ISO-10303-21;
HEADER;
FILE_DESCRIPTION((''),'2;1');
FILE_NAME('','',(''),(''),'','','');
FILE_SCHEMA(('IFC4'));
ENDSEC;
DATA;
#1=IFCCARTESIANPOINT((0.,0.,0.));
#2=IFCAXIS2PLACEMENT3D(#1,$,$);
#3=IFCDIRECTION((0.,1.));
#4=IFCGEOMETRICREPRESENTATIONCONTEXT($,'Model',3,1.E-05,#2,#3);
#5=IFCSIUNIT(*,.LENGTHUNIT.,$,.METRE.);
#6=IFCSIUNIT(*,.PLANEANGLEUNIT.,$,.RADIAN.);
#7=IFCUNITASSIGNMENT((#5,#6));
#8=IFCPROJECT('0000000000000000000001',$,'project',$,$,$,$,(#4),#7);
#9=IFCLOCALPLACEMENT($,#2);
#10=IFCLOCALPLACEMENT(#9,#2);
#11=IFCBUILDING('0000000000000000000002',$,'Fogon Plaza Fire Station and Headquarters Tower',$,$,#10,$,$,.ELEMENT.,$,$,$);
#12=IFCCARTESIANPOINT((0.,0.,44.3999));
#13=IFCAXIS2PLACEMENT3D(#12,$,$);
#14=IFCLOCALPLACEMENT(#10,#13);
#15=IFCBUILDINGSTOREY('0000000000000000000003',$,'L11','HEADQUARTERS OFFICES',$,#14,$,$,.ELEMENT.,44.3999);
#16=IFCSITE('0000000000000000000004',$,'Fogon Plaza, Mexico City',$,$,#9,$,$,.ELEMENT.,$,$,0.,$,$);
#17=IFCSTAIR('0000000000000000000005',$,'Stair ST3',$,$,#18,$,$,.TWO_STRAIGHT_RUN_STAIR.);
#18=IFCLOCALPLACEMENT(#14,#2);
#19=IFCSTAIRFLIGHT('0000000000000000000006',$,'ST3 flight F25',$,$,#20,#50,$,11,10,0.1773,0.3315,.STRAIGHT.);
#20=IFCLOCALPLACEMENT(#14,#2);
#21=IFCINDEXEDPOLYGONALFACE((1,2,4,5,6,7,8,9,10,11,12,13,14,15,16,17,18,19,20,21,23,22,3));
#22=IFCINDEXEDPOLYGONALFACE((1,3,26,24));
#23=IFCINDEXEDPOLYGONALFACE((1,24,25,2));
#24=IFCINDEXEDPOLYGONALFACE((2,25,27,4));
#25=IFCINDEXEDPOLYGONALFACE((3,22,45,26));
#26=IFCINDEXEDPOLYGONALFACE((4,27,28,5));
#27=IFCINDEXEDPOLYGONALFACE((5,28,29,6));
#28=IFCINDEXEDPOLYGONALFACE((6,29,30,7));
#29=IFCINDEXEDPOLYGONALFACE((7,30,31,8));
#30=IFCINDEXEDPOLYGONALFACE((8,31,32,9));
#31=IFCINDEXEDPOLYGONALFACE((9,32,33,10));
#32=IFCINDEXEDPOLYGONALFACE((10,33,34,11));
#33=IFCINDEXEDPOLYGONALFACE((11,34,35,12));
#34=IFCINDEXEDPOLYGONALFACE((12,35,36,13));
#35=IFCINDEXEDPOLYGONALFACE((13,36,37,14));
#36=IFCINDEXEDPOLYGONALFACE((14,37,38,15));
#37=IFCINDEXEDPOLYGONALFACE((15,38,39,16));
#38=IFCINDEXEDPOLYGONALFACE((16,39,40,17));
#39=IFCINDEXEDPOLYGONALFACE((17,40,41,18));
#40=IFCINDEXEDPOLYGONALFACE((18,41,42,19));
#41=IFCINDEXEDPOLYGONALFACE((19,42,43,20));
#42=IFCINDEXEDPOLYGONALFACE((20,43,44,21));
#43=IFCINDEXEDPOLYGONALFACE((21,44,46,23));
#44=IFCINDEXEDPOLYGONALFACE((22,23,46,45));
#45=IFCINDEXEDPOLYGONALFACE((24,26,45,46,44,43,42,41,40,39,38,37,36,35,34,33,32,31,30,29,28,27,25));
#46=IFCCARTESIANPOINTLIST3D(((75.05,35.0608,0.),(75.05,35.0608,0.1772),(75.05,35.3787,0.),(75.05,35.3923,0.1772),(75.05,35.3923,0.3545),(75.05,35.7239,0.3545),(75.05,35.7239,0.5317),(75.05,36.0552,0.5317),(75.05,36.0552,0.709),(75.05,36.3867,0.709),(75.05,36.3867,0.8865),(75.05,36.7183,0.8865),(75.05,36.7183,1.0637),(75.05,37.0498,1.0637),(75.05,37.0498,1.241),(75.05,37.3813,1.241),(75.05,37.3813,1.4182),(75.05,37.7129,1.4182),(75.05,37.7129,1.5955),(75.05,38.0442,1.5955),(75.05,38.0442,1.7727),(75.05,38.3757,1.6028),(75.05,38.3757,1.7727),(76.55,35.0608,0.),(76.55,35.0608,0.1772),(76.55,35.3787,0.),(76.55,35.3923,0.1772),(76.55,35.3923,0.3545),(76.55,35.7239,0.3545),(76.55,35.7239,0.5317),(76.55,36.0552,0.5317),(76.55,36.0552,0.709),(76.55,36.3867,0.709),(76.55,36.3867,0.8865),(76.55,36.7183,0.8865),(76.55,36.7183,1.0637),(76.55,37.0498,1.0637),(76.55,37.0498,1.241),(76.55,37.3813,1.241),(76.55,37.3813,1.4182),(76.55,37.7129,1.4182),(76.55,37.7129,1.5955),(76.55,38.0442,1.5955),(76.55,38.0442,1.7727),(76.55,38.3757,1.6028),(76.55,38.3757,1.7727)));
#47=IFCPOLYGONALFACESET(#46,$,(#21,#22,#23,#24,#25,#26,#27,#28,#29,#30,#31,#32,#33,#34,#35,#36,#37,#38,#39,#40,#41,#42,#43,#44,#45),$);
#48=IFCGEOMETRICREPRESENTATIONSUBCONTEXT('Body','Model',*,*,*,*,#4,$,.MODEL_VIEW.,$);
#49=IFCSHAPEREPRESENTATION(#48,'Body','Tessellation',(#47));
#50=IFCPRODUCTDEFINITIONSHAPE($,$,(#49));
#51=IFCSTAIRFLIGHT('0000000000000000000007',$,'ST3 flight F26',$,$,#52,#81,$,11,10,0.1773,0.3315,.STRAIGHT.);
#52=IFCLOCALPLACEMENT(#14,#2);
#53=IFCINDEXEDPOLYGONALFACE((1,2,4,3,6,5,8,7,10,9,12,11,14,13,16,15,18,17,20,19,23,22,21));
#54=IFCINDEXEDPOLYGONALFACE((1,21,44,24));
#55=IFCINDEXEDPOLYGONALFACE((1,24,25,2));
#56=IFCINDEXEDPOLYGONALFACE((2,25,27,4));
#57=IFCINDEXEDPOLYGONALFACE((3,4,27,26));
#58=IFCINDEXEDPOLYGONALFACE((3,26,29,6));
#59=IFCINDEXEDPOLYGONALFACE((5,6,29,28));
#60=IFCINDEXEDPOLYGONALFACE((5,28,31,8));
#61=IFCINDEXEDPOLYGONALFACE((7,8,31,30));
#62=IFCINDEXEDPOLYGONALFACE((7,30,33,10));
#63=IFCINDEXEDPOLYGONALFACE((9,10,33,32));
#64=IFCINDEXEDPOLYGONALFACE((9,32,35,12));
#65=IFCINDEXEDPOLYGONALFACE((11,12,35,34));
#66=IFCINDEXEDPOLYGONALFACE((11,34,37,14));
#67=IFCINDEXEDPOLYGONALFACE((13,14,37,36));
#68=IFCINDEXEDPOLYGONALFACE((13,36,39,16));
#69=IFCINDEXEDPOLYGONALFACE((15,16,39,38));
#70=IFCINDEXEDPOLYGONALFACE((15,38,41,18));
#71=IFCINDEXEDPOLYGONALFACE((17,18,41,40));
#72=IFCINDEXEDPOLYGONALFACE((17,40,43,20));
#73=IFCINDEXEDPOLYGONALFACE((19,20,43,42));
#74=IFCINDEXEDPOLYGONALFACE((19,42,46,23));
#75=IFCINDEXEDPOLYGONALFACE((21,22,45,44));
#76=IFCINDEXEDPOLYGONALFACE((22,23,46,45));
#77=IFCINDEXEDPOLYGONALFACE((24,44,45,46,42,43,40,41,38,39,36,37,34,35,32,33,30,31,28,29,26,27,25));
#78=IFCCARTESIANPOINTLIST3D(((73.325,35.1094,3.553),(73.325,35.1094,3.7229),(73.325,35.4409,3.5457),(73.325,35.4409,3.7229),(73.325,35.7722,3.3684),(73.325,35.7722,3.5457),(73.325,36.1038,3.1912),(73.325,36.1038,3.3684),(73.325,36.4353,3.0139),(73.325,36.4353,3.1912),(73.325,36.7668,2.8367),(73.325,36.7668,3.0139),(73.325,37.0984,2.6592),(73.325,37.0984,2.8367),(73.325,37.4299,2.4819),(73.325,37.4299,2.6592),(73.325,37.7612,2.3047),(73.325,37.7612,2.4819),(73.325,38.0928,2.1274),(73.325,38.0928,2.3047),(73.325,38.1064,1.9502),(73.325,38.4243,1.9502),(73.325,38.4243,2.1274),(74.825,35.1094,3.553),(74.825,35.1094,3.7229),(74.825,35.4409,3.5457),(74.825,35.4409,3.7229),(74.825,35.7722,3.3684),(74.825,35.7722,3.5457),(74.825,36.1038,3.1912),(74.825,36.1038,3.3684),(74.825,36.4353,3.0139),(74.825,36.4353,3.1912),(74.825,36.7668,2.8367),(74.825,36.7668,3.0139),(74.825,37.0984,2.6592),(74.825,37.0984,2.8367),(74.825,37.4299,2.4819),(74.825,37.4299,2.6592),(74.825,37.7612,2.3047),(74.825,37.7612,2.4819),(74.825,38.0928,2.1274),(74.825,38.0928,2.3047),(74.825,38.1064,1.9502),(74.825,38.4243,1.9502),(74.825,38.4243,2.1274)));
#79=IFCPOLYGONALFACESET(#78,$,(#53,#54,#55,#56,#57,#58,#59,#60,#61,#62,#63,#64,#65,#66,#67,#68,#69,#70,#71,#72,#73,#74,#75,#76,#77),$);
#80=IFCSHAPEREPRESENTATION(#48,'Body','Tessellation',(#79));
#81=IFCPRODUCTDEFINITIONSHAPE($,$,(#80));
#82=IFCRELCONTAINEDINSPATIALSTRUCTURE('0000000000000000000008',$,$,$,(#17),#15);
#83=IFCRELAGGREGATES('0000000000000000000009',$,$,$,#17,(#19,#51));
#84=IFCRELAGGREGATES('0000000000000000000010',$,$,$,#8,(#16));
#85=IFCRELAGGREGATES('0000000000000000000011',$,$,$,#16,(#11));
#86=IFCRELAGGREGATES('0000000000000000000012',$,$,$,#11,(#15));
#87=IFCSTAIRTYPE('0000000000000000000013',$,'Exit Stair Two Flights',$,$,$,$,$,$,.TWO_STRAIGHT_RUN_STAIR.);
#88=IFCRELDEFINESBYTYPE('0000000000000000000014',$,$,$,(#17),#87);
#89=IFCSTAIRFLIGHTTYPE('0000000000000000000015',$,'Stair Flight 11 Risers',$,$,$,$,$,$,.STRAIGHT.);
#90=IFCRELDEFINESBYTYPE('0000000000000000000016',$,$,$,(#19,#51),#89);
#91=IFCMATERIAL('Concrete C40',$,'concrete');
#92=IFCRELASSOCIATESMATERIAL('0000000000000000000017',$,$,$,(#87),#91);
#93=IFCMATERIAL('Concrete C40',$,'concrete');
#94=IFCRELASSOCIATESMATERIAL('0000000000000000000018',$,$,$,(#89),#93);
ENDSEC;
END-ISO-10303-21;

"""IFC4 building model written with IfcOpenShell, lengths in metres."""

from ifc_helpers import new_model, si_unit, direction, frame, origin, place, context, subcontext, project, spatial, polyline, outline, extrude, material, type_object, element, aggregate, save


model = new_model("IFC4")

# Units and contexts
model_context = context("Model", 3, precision=1e-05, world=origin(), true_north=direction((0.0, 1.0)))
body_context = subcontext(model_context, "Body", "Model", "MODEL_VIEW")
ifc_project = project(units=[si_unit("LENGTHUNIT", "METRE"), si_unit("PLANEANGLEUNIT", "RADIAN")], contexts=[model_context])

# Site, building, storey
site_placement = place(None, origin())
site = spatial("IfcSite", under=ifc_project, at=site_placement, Name="Fogon Plaza, Mexico City", CompositionType="ELEMENT", RefElevation=0.0)
building_placement = place(site_placement, origin())
building = spatial("IfcBuilding", under=site, at=building_placement, Name="Fogon Plaza Fire Station and Headquarters Tower", CompositionType="ELEMENT")
storey_placement = place(building_placement, frame((0.0, 0.0, 44.3999)))
storey = spatial("IfcBuildingStorey", under=building, at=storey_placement, Name="L11", Description="HEADQUARTERS OFFICES", CompositionType="ELEMENT", Elevation=44.3999)

# Stair, stair flights
ifc_material_1 = material(Name="Concrete C40", Category="concrete")
stair_type = type_object("IfcStairType", Name="Exit Stair Two Flights", PredefinedType="TWO_STRAIGHT_RUN_STAIR", material=ifc_material_1)
stair_placement = place(storey_placement, origin())
stair = element("IfcStair", 1, at=stair_placement, inside=storey, type_object=stair_type, Name="Stair ST3", PredefinedType="TWO_STRAIGHT_RUN_STAIR")
ifc_material_2 = material(Name="Concrete C40", Category="concrete")
stair_flight_type = type_object("IfcStairFlightType", Name="Stair Flight 11 Risers", PredefinedType="STRAIGHT", material=ifc_material_2)
stair_flight_1_placement = place(storey_placement, frame((75.8, 35.0608, 0.0), z_axis=(0.0, 0.0, 1.0), x_axis=(0.0, 1.0, 0.0)))
stair_flight_1 = element("IfcStairFlight", 2, at=stair_flight_1_placement, type_object=stair_flight_type, Name="ST3 flight F25", NumberOfRisers=11, NumberOfTreads=10, PredefinedType="STRAIGHT", RiserHeight=0.1773, TreadLength=0.3315, context=body_context, shape_type="SweptSolid", body=[
    extrude(outline(polyline([(0.0, 0.0), (0.0, 0.1772), (0.3315, 0.1772), (0.3315, 0.3545), (0.6631, 0.3545), (0.6631, 0.5317), (0.9944, 0.5317), (0.9944, 0.709), (1.3259, 0.709), (1.3259, 0.8865), (1.6575, 0.8865), (1.6575, 1.0637), (1.989, 1.0637), (1.989, 1.241), (2.3206, 1.241), (2.3206, 1.4182), (2.6521, 1.4182), (2.6521, 1.5955), (2.9834, 1.5955), (2.9834, 1.7727), (3.3149, 1.7727), (3.3149, 1.95), (3.3149, 1.6028), (0.3179, 0.0), (0.0, 0.0)])), frame((0.0, 0.75, 0.0), z_axis=(0.0, -1.0, 0.0), x_axis=(1.0, 0.0, 0.0)), (0.0, 0.0, 1.0), 1.5),
])
stair_flight_2_placement = place(storey_placement, frame((74.075, 38.4243, 1.9502), z_axis=(0.0, 0.0, 1.0), x_axis=(0.0, -1.0, 0.0)))
stair_flight_2 = element("IfcStairFlight", 3, at=stair_flight_2_placement, type_object=stair_flight_type, Name="ST3 flight F26", NumberOfRisers=11, NumberOfTreads=10, PredefinedType="STRAIGHT", RiserHeight=0.1773, TreadLength=0.3315, context=body_context, shape_type="SweptSolid", body=[
    extrude(outline(polyline([(0.0, 0.0), (0.0, 0.1772), (0.3315, 0.1772), (0.3315, 0.3545), (0.6631, 0.3545), (0.6631, 0.5317), (0.9944, 0.5317), (0.9944, 0.709), (1.3259, 0.709), (1.3259, 0.8865), (1.6575, 0.8865), (1.6575, 1.0637), (1.989, 1.0637), (1.989, 1.241), (2.3206, 1.241), (2.3206, 1.4182), (2.6521, 1.4182), (2.6521, 1.5955), (2.9834, 1.5955), (2.9834, 1.7727), (3.3149, 1.7727), (3.3149, 1.95), (3.3149, 1.6028), (0.3179, 0.0), (0.0, 0.0)])), frame((0.0, 0.75, 0.0), z_axis=(0.0, -1.0, 0.0), x_axis=(1.0, 0.0, 0.0)), (0.0, 0.0, 1.0), 1.5),
])
aggregate(stair, [stair_flight_1, stair_flight_2])

save(model, "model.ifc")
